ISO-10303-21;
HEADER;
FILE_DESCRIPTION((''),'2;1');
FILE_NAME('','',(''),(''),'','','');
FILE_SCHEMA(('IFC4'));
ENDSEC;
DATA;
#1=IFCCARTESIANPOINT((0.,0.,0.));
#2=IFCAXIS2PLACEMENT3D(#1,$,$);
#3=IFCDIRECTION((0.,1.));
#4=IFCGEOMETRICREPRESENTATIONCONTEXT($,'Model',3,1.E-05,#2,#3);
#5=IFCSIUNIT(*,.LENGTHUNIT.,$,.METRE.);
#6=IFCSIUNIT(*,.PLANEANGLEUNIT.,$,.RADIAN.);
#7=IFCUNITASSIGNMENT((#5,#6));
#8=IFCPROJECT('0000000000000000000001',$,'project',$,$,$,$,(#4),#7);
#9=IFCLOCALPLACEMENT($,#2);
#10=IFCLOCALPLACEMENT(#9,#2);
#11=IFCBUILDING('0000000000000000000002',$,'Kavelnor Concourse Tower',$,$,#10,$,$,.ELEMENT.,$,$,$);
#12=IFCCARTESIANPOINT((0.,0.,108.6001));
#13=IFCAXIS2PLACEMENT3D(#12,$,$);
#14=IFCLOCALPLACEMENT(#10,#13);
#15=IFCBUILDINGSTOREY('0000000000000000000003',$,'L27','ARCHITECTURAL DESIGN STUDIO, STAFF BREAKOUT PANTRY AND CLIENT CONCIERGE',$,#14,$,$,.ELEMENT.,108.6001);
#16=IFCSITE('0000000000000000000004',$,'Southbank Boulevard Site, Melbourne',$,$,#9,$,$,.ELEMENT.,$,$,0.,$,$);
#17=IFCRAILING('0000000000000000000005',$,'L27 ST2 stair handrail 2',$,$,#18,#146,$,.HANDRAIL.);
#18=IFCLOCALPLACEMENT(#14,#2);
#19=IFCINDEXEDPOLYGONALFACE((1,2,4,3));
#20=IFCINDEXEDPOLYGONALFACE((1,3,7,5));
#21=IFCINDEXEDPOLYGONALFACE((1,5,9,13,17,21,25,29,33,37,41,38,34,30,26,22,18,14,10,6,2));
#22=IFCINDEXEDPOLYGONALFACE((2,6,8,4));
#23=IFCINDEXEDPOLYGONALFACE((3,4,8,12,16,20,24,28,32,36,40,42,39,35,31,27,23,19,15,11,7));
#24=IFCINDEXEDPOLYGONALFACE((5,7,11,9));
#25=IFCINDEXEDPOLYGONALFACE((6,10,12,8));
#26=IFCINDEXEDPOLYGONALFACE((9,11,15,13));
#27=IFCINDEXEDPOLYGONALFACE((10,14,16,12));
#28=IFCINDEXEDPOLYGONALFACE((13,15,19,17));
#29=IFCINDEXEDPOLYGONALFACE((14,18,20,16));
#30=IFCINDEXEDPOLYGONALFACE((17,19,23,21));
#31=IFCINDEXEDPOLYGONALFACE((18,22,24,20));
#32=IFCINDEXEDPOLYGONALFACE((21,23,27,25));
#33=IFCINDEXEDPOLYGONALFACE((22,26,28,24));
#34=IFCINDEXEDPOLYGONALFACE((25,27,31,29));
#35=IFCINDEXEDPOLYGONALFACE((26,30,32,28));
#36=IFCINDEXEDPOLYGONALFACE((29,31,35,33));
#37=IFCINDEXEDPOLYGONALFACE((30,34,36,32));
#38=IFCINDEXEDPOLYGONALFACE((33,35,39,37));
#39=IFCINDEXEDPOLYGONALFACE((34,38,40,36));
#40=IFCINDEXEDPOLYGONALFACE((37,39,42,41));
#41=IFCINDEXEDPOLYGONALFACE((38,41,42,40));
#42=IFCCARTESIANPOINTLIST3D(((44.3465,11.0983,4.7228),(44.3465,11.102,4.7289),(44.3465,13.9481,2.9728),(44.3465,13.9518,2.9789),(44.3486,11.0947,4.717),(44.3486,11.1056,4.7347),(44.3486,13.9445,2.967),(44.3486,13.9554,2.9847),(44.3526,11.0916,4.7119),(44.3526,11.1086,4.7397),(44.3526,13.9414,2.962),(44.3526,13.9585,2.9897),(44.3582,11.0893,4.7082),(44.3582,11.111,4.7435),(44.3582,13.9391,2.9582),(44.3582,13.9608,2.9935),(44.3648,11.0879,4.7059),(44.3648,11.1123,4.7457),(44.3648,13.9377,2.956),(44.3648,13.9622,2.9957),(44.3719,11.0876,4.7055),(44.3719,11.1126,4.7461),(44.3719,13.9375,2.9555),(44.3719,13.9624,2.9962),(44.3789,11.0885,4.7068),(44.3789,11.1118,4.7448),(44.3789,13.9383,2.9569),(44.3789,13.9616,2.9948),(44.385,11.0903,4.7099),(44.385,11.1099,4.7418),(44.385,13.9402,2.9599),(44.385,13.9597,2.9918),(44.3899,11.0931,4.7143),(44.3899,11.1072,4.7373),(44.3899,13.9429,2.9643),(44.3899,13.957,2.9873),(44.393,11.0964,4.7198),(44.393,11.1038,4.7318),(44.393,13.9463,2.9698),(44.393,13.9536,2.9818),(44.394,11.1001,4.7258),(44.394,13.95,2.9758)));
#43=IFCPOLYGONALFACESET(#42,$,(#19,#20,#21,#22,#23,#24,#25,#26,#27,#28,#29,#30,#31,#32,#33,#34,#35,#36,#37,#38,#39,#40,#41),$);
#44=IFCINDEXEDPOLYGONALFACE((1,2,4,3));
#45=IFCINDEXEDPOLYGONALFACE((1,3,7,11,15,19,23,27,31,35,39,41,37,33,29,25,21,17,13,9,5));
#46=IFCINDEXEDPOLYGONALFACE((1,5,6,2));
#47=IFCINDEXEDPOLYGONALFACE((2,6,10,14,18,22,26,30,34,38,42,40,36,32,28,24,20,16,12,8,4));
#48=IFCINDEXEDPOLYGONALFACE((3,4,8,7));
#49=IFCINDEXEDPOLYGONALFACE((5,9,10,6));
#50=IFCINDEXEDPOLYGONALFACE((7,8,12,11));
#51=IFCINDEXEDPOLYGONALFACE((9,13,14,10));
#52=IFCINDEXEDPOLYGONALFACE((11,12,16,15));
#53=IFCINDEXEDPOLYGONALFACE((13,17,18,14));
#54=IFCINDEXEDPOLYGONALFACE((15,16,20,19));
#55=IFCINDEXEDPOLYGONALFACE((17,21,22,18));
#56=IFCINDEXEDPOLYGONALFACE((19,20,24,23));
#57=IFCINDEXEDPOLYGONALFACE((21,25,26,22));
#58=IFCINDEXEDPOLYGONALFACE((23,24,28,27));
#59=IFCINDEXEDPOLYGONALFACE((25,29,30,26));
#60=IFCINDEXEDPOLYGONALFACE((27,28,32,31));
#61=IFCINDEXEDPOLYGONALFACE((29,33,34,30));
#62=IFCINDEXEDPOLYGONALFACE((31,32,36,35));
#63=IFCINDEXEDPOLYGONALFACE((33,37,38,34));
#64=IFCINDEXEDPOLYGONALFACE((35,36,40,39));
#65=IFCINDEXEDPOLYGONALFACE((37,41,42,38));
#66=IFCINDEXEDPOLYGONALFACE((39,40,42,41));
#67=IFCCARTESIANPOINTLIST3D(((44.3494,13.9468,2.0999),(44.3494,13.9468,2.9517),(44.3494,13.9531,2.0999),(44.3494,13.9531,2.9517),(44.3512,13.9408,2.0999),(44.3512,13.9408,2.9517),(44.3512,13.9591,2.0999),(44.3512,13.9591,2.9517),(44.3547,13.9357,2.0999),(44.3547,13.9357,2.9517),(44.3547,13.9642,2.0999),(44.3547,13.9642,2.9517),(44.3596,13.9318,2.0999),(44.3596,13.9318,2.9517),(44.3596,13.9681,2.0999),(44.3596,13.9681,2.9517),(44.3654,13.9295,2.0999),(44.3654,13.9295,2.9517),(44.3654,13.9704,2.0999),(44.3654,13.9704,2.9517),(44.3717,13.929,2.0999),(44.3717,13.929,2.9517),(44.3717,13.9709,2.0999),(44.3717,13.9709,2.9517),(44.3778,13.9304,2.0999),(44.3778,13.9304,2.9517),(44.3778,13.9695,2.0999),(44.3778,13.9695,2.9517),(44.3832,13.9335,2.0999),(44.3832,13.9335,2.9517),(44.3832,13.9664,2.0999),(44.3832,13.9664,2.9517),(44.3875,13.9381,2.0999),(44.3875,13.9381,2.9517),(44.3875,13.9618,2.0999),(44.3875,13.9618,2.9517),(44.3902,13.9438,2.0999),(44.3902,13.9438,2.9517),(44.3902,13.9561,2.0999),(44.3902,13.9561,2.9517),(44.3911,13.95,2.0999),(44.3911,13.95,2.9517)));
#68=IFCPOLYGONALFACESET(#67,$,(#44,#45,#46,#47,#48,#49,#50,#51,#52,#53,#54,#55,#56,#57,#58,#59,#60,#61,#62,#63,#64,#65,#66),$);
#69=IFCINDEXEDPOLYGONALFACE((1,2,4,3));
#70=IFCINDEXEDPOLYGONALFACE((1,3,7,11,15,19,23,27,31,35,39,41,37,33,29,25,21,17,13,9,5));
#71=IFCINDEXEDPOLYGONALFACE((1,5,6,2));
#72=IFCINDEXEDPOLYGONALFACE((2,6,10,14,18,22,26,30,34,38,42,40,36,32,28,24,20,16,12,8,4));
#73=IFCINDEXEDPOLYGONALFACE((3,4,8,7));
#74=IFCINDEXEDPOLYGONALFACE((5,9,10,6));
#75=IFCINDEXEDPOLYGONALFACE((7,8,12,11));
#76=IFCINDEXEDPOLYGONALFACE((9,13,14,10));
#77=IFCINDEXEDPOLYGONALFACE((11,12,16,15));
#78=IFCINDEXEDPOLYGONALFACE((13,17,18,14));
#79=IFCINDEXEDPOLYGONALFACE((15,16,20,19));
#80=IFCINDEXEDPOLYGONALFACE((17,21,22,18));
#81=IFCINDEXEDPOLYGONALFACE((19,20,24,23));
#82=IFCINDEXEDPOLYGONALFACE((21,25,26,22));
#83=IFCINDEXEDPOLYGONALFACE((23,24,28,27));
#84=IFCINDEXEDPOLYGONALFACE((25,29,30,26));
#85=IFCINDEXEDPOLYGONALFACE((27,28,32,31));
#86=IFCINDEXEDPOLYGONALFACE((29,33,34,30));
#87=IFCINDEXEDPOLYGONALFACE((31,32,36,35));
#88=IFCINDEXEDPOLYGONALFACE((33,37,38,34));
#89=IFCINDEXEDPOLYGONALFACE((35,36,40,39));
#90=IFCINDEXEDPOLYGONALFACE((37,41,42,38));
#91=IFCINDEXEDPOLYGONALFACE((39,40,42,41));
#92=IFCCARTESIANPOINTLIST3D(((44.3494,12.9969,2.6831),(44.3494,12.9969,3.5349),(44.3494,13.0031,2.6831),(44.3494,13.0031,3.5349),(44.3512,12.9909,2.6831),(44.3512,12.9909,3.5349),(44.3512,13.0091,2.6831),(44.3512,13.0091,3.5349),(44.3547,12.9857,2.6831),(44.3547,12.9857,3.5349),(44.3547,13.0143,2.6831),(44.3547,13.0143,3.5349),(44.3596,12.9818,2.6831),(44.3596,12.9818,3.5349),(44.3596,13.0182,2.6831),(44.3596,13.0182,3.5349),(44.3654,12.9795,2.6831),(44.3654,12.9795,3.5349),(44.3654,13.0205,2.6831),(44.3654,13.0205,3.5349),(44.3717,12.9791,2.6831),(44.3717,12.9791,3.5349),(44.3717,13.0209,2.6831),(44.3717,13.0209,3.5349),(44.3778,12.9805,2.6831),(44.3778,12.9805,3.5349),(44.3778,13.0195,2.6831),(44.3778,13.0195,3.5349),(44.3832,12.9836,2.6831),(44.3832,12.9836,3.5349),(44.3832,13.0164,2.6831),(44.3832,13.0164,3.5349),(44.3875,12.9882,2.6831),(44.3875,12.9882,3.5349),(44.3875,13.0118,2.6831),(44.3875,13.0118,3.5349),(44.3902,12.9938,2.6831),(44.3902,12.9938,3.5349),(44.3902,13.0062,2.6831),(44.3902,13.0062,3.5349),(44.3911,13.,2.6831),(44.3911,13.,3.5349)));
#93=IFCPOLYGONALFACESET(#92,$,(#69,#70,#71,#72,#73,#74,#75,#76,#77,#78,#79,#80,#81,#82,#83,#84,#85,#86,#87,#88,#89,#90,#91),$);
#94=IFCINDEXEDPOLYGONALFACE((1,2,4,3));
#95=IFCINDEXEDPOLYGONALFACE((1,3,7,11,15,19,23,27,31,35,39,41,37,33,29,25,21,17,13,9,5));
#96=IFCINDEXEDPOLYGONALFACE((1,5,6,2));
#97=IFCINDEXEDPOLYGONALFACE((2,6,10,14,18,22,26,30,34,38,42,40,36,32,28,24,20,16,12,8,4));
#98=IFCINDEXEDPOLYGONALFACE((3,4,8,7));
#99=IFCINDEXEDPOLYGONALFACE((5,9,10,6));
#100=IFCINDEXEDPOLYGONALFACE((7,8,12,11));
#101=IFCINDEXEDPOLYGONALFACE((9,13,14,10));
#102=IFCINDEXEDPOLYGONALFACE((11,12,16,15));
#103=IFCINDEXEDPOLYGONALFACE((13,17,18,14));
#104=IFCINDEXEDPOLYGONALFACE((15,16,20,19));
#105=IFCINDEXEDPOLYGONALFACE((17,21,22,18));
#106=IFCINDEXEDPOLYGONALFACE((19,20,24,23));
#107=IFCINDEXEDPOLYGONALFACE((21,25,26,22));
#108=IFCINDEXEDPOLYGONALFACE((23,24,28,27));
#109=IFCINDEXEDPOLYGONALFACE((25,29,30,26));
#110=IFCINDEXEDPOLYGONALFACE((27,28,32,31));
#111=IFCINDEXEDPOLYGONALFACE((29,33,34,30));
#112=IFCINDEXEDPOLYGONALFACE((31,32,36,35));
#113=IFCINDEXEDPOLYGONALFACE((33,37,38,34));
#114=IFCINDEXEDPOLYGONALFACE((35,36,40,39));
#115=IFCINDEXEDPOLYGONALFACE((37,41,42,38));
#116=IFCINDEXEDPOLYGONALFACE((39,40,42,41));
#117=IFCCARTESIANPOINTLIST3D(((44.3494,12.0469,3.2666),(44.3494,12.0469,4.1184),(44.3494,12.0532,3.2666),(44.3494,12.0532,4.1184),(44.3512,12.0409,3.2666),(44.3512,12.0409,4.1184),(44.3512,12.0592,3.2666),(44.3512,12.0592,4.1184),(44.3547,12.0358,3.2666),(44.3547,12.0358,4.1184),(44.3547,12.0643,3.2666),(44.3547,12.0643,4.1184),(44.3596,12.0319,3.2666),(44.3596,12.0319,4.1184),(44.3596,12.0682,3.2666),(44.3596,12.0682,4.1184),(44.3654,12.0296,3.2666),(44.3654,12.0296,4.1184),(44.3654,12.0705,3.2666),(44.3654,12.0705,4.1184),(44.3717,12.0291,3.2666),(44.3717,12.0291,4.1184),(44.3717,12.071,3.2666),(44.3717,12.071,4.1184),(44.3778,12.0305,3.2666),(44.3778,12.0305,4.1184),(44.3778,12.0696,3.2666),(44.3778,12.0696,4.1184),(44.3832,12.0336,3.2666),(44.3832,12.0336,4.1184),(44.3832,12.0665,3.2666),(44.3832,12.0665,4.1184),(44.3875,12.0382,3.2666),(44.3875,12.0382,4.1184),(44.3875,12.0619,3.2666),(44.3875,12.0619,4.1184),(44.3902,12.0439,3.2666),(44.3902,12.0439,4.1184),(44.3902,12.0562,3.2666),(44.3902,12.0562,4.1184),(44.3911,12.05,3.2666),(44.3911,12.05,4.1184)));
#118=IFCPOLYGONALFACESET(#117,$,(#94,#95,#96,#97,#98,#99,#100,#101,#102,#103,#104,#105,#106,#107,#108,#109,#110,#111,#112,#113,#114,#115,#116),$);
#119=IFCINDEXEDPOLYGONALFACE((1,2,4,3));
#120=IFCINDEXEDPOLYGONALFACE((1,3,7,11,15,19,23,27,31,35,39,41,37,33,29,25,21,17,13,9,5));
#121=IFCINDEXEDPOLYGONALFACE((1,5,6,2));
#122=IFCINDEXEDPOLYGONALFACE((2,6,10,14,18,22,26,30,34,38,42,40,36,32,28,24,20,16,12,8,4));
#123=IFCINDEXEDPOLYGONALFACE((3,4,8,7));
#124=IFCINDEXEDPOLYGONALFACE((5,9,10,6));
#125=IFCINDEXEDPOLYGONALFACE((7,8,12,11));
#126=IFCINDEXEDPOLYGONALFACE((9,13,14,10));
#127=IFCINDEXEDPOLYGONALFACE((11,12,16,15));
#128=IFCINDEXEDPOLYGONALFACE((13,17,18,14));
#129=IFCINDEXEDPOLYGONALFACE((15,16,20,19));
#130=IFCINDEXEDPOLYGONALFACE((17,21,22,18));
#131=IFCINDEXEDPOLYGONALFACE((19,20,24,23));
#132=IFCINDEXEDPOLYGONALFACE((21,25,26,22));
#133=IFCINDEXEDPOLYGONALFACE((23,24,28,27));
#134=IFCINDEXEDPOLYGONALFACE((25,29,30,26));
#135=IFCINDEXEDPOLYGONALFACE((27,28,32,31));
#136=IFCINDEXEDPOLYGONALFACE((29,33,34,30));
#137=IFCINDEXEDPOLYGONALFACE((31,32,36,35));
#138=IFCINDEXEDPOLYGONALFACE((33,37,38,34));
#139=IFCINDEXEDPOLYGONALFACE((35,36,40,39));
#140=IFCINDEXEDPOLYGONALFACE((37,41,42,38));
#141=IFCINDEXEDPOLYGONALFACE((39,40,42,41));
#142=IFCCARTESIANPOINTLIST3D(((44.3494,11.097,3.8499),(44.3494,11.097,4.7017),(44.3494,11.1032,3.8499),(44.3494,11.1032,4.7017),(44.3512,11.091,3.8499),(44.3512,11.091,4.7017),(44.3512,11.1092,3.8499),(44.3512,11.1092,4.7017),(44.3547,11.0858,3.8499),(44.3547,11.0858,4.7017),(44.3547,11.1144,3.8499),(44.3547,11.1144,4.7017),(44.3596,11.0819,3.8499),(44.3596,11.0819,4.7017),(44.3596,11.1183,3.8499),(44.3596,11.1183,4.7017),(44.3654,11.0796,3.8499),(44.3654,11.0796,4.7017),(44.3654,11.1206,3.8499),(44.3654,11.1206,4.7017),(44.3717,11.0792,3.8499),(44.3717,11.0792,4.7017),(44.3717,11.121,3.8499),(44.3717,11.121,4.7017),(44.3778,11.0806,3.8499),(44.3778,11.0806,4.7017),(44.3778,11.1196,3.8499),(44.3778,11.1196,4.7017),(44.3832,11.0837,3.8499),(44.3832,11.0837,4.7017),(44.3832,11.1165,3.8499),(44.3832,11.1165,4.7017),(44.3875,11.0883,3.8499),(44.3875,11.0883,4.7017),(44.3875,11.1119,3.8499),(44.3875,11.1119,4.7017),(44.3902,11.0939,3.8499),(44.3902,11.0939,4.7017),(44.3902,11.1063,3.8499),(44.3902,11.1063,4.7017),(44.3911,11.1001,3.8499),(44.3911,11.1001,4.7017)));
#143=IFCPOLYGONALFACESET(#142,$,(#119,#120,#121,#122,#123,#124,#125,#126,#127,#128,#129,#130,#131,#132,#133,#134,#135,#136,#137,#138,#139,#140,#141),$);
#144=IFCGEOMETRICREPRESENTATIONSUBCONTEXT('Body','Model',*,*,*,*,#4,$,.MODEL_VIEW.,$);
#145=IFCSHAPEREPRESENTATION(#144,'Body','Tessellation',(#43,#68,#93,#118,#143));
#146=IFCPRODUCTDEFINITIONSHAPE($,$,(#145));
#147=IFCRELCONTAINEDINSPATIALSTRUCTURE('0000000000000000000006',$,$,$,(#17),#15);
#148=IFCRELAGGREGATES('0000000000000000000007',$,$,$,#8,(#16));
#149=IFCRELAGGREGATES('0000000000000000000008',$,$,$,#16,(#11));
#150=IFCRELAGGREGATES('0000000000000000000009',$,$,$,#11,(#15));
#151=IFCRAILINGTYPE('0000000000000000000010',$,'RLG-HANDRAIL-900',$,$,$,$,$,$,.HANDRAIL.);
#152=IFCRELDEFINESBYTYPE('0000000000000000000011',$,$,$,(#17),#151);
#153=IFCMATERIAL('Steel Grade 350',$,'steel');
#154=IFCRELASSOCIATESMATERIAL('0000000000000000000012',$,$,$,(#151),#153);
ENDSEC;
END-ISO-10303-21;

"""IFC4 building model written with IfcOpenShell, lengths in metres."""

from ifc_helpers import new_model, si_unit, direction, frame, origin, origin_2d, place, context, subcontext, project, spatial, circle, extrude, material, type_object, element, save


model = new_model("IFC4")

# Units and contexts
model_context = context("Model", 3, precision=1e-05, world=origin(), true_north=direction((0.0, 1.0)))
body_context = subcontext(model_context, "Body", "Model", "MODEL_VIEW")
ifc_project = project(units=[si_unit("LENGTHUNIT", "METRE"), si_unit("PLANEANGLEUNIT", "RADIAN")], contexts=[model_context])

# Site, building, storey
site_placement = place(None, origin())
site = spatial("IfcSite", under=ifc_project, at=site_placement, Name="Southbank Boulevard Site, Melbourne", CompositionType="ELEMENT", RefElevation=0.0)
building_placement = place(site_placement, origin())
building = spatial("IfcBuilding", under=site, at=building_placement, Name="Kavelnor Concourse Tower", CompositionType="ELEMENT")
storey_placement = place(building_placement, frame((0.0, 0.0, 108.6001)))
storey = spatial("IfcBuildingStorey", under=building, at=storey_placement, Name="L27", Description="ARCHITECTURAL DESIGN STUDIO, STAFF BREAKOUT PANTRY AND CLIENT CONCIERGE", CompositionType="ELEMENT", Elevation=108.6001)

# Shared definitions
ifc_material_1 = material(Name="Steel Grade 350", Category="steel")

# Railing
railing_type = type_object("IfcRailingType", Name="RLG-HANDRAIL-900", PredefinedType="HANDRAIL", material=ifc_material_1)
railing_1_placement = place(storey_placement, frame((44.3701, 13.95, 2.0999)))
element("IfcRailing", 1, at=railing_1_placement, inside=storey, type_object=railing_type, Name="L27 ST2 stair handrail 2", PredefinedType="HANDRAIL", context=body_context, shape_type="SweptSolid", body=[
    extrude(circle(Radius=0.0239, at=origin_2d()), frame((0.0, 0.0, 0.876), z_axis=(0.0, -0.852159, 0.523283), x_axis=(1.0, 0.0, 0.0)), (0.0, 0.0, 1.0), 3.3442),
    extrude(circle(Radius=0.021, at=origin_2d()), origin(), (0.0, 0.0, 1.0), 0.8518),
    extrude(circle(Radius=0.021, at=origin_2d()), frame((0.0, -0.95, 0.5833)), (0.0, 0.0, 1.0), 0.8518),
    extrude(circle(Radius=0.021, at=origin_2d()), frame((0.0, -1.8999, 1.1667)), (0.0, 0.0, 1.0), 0.8518),
    extrude(circle(Radius=0.021, at=origin_2d()), frame((0.0, -2.8499, 1.75)), (0.0, 0.0, 1.0), 0.8518),
])

save(model, "model.ifc")
